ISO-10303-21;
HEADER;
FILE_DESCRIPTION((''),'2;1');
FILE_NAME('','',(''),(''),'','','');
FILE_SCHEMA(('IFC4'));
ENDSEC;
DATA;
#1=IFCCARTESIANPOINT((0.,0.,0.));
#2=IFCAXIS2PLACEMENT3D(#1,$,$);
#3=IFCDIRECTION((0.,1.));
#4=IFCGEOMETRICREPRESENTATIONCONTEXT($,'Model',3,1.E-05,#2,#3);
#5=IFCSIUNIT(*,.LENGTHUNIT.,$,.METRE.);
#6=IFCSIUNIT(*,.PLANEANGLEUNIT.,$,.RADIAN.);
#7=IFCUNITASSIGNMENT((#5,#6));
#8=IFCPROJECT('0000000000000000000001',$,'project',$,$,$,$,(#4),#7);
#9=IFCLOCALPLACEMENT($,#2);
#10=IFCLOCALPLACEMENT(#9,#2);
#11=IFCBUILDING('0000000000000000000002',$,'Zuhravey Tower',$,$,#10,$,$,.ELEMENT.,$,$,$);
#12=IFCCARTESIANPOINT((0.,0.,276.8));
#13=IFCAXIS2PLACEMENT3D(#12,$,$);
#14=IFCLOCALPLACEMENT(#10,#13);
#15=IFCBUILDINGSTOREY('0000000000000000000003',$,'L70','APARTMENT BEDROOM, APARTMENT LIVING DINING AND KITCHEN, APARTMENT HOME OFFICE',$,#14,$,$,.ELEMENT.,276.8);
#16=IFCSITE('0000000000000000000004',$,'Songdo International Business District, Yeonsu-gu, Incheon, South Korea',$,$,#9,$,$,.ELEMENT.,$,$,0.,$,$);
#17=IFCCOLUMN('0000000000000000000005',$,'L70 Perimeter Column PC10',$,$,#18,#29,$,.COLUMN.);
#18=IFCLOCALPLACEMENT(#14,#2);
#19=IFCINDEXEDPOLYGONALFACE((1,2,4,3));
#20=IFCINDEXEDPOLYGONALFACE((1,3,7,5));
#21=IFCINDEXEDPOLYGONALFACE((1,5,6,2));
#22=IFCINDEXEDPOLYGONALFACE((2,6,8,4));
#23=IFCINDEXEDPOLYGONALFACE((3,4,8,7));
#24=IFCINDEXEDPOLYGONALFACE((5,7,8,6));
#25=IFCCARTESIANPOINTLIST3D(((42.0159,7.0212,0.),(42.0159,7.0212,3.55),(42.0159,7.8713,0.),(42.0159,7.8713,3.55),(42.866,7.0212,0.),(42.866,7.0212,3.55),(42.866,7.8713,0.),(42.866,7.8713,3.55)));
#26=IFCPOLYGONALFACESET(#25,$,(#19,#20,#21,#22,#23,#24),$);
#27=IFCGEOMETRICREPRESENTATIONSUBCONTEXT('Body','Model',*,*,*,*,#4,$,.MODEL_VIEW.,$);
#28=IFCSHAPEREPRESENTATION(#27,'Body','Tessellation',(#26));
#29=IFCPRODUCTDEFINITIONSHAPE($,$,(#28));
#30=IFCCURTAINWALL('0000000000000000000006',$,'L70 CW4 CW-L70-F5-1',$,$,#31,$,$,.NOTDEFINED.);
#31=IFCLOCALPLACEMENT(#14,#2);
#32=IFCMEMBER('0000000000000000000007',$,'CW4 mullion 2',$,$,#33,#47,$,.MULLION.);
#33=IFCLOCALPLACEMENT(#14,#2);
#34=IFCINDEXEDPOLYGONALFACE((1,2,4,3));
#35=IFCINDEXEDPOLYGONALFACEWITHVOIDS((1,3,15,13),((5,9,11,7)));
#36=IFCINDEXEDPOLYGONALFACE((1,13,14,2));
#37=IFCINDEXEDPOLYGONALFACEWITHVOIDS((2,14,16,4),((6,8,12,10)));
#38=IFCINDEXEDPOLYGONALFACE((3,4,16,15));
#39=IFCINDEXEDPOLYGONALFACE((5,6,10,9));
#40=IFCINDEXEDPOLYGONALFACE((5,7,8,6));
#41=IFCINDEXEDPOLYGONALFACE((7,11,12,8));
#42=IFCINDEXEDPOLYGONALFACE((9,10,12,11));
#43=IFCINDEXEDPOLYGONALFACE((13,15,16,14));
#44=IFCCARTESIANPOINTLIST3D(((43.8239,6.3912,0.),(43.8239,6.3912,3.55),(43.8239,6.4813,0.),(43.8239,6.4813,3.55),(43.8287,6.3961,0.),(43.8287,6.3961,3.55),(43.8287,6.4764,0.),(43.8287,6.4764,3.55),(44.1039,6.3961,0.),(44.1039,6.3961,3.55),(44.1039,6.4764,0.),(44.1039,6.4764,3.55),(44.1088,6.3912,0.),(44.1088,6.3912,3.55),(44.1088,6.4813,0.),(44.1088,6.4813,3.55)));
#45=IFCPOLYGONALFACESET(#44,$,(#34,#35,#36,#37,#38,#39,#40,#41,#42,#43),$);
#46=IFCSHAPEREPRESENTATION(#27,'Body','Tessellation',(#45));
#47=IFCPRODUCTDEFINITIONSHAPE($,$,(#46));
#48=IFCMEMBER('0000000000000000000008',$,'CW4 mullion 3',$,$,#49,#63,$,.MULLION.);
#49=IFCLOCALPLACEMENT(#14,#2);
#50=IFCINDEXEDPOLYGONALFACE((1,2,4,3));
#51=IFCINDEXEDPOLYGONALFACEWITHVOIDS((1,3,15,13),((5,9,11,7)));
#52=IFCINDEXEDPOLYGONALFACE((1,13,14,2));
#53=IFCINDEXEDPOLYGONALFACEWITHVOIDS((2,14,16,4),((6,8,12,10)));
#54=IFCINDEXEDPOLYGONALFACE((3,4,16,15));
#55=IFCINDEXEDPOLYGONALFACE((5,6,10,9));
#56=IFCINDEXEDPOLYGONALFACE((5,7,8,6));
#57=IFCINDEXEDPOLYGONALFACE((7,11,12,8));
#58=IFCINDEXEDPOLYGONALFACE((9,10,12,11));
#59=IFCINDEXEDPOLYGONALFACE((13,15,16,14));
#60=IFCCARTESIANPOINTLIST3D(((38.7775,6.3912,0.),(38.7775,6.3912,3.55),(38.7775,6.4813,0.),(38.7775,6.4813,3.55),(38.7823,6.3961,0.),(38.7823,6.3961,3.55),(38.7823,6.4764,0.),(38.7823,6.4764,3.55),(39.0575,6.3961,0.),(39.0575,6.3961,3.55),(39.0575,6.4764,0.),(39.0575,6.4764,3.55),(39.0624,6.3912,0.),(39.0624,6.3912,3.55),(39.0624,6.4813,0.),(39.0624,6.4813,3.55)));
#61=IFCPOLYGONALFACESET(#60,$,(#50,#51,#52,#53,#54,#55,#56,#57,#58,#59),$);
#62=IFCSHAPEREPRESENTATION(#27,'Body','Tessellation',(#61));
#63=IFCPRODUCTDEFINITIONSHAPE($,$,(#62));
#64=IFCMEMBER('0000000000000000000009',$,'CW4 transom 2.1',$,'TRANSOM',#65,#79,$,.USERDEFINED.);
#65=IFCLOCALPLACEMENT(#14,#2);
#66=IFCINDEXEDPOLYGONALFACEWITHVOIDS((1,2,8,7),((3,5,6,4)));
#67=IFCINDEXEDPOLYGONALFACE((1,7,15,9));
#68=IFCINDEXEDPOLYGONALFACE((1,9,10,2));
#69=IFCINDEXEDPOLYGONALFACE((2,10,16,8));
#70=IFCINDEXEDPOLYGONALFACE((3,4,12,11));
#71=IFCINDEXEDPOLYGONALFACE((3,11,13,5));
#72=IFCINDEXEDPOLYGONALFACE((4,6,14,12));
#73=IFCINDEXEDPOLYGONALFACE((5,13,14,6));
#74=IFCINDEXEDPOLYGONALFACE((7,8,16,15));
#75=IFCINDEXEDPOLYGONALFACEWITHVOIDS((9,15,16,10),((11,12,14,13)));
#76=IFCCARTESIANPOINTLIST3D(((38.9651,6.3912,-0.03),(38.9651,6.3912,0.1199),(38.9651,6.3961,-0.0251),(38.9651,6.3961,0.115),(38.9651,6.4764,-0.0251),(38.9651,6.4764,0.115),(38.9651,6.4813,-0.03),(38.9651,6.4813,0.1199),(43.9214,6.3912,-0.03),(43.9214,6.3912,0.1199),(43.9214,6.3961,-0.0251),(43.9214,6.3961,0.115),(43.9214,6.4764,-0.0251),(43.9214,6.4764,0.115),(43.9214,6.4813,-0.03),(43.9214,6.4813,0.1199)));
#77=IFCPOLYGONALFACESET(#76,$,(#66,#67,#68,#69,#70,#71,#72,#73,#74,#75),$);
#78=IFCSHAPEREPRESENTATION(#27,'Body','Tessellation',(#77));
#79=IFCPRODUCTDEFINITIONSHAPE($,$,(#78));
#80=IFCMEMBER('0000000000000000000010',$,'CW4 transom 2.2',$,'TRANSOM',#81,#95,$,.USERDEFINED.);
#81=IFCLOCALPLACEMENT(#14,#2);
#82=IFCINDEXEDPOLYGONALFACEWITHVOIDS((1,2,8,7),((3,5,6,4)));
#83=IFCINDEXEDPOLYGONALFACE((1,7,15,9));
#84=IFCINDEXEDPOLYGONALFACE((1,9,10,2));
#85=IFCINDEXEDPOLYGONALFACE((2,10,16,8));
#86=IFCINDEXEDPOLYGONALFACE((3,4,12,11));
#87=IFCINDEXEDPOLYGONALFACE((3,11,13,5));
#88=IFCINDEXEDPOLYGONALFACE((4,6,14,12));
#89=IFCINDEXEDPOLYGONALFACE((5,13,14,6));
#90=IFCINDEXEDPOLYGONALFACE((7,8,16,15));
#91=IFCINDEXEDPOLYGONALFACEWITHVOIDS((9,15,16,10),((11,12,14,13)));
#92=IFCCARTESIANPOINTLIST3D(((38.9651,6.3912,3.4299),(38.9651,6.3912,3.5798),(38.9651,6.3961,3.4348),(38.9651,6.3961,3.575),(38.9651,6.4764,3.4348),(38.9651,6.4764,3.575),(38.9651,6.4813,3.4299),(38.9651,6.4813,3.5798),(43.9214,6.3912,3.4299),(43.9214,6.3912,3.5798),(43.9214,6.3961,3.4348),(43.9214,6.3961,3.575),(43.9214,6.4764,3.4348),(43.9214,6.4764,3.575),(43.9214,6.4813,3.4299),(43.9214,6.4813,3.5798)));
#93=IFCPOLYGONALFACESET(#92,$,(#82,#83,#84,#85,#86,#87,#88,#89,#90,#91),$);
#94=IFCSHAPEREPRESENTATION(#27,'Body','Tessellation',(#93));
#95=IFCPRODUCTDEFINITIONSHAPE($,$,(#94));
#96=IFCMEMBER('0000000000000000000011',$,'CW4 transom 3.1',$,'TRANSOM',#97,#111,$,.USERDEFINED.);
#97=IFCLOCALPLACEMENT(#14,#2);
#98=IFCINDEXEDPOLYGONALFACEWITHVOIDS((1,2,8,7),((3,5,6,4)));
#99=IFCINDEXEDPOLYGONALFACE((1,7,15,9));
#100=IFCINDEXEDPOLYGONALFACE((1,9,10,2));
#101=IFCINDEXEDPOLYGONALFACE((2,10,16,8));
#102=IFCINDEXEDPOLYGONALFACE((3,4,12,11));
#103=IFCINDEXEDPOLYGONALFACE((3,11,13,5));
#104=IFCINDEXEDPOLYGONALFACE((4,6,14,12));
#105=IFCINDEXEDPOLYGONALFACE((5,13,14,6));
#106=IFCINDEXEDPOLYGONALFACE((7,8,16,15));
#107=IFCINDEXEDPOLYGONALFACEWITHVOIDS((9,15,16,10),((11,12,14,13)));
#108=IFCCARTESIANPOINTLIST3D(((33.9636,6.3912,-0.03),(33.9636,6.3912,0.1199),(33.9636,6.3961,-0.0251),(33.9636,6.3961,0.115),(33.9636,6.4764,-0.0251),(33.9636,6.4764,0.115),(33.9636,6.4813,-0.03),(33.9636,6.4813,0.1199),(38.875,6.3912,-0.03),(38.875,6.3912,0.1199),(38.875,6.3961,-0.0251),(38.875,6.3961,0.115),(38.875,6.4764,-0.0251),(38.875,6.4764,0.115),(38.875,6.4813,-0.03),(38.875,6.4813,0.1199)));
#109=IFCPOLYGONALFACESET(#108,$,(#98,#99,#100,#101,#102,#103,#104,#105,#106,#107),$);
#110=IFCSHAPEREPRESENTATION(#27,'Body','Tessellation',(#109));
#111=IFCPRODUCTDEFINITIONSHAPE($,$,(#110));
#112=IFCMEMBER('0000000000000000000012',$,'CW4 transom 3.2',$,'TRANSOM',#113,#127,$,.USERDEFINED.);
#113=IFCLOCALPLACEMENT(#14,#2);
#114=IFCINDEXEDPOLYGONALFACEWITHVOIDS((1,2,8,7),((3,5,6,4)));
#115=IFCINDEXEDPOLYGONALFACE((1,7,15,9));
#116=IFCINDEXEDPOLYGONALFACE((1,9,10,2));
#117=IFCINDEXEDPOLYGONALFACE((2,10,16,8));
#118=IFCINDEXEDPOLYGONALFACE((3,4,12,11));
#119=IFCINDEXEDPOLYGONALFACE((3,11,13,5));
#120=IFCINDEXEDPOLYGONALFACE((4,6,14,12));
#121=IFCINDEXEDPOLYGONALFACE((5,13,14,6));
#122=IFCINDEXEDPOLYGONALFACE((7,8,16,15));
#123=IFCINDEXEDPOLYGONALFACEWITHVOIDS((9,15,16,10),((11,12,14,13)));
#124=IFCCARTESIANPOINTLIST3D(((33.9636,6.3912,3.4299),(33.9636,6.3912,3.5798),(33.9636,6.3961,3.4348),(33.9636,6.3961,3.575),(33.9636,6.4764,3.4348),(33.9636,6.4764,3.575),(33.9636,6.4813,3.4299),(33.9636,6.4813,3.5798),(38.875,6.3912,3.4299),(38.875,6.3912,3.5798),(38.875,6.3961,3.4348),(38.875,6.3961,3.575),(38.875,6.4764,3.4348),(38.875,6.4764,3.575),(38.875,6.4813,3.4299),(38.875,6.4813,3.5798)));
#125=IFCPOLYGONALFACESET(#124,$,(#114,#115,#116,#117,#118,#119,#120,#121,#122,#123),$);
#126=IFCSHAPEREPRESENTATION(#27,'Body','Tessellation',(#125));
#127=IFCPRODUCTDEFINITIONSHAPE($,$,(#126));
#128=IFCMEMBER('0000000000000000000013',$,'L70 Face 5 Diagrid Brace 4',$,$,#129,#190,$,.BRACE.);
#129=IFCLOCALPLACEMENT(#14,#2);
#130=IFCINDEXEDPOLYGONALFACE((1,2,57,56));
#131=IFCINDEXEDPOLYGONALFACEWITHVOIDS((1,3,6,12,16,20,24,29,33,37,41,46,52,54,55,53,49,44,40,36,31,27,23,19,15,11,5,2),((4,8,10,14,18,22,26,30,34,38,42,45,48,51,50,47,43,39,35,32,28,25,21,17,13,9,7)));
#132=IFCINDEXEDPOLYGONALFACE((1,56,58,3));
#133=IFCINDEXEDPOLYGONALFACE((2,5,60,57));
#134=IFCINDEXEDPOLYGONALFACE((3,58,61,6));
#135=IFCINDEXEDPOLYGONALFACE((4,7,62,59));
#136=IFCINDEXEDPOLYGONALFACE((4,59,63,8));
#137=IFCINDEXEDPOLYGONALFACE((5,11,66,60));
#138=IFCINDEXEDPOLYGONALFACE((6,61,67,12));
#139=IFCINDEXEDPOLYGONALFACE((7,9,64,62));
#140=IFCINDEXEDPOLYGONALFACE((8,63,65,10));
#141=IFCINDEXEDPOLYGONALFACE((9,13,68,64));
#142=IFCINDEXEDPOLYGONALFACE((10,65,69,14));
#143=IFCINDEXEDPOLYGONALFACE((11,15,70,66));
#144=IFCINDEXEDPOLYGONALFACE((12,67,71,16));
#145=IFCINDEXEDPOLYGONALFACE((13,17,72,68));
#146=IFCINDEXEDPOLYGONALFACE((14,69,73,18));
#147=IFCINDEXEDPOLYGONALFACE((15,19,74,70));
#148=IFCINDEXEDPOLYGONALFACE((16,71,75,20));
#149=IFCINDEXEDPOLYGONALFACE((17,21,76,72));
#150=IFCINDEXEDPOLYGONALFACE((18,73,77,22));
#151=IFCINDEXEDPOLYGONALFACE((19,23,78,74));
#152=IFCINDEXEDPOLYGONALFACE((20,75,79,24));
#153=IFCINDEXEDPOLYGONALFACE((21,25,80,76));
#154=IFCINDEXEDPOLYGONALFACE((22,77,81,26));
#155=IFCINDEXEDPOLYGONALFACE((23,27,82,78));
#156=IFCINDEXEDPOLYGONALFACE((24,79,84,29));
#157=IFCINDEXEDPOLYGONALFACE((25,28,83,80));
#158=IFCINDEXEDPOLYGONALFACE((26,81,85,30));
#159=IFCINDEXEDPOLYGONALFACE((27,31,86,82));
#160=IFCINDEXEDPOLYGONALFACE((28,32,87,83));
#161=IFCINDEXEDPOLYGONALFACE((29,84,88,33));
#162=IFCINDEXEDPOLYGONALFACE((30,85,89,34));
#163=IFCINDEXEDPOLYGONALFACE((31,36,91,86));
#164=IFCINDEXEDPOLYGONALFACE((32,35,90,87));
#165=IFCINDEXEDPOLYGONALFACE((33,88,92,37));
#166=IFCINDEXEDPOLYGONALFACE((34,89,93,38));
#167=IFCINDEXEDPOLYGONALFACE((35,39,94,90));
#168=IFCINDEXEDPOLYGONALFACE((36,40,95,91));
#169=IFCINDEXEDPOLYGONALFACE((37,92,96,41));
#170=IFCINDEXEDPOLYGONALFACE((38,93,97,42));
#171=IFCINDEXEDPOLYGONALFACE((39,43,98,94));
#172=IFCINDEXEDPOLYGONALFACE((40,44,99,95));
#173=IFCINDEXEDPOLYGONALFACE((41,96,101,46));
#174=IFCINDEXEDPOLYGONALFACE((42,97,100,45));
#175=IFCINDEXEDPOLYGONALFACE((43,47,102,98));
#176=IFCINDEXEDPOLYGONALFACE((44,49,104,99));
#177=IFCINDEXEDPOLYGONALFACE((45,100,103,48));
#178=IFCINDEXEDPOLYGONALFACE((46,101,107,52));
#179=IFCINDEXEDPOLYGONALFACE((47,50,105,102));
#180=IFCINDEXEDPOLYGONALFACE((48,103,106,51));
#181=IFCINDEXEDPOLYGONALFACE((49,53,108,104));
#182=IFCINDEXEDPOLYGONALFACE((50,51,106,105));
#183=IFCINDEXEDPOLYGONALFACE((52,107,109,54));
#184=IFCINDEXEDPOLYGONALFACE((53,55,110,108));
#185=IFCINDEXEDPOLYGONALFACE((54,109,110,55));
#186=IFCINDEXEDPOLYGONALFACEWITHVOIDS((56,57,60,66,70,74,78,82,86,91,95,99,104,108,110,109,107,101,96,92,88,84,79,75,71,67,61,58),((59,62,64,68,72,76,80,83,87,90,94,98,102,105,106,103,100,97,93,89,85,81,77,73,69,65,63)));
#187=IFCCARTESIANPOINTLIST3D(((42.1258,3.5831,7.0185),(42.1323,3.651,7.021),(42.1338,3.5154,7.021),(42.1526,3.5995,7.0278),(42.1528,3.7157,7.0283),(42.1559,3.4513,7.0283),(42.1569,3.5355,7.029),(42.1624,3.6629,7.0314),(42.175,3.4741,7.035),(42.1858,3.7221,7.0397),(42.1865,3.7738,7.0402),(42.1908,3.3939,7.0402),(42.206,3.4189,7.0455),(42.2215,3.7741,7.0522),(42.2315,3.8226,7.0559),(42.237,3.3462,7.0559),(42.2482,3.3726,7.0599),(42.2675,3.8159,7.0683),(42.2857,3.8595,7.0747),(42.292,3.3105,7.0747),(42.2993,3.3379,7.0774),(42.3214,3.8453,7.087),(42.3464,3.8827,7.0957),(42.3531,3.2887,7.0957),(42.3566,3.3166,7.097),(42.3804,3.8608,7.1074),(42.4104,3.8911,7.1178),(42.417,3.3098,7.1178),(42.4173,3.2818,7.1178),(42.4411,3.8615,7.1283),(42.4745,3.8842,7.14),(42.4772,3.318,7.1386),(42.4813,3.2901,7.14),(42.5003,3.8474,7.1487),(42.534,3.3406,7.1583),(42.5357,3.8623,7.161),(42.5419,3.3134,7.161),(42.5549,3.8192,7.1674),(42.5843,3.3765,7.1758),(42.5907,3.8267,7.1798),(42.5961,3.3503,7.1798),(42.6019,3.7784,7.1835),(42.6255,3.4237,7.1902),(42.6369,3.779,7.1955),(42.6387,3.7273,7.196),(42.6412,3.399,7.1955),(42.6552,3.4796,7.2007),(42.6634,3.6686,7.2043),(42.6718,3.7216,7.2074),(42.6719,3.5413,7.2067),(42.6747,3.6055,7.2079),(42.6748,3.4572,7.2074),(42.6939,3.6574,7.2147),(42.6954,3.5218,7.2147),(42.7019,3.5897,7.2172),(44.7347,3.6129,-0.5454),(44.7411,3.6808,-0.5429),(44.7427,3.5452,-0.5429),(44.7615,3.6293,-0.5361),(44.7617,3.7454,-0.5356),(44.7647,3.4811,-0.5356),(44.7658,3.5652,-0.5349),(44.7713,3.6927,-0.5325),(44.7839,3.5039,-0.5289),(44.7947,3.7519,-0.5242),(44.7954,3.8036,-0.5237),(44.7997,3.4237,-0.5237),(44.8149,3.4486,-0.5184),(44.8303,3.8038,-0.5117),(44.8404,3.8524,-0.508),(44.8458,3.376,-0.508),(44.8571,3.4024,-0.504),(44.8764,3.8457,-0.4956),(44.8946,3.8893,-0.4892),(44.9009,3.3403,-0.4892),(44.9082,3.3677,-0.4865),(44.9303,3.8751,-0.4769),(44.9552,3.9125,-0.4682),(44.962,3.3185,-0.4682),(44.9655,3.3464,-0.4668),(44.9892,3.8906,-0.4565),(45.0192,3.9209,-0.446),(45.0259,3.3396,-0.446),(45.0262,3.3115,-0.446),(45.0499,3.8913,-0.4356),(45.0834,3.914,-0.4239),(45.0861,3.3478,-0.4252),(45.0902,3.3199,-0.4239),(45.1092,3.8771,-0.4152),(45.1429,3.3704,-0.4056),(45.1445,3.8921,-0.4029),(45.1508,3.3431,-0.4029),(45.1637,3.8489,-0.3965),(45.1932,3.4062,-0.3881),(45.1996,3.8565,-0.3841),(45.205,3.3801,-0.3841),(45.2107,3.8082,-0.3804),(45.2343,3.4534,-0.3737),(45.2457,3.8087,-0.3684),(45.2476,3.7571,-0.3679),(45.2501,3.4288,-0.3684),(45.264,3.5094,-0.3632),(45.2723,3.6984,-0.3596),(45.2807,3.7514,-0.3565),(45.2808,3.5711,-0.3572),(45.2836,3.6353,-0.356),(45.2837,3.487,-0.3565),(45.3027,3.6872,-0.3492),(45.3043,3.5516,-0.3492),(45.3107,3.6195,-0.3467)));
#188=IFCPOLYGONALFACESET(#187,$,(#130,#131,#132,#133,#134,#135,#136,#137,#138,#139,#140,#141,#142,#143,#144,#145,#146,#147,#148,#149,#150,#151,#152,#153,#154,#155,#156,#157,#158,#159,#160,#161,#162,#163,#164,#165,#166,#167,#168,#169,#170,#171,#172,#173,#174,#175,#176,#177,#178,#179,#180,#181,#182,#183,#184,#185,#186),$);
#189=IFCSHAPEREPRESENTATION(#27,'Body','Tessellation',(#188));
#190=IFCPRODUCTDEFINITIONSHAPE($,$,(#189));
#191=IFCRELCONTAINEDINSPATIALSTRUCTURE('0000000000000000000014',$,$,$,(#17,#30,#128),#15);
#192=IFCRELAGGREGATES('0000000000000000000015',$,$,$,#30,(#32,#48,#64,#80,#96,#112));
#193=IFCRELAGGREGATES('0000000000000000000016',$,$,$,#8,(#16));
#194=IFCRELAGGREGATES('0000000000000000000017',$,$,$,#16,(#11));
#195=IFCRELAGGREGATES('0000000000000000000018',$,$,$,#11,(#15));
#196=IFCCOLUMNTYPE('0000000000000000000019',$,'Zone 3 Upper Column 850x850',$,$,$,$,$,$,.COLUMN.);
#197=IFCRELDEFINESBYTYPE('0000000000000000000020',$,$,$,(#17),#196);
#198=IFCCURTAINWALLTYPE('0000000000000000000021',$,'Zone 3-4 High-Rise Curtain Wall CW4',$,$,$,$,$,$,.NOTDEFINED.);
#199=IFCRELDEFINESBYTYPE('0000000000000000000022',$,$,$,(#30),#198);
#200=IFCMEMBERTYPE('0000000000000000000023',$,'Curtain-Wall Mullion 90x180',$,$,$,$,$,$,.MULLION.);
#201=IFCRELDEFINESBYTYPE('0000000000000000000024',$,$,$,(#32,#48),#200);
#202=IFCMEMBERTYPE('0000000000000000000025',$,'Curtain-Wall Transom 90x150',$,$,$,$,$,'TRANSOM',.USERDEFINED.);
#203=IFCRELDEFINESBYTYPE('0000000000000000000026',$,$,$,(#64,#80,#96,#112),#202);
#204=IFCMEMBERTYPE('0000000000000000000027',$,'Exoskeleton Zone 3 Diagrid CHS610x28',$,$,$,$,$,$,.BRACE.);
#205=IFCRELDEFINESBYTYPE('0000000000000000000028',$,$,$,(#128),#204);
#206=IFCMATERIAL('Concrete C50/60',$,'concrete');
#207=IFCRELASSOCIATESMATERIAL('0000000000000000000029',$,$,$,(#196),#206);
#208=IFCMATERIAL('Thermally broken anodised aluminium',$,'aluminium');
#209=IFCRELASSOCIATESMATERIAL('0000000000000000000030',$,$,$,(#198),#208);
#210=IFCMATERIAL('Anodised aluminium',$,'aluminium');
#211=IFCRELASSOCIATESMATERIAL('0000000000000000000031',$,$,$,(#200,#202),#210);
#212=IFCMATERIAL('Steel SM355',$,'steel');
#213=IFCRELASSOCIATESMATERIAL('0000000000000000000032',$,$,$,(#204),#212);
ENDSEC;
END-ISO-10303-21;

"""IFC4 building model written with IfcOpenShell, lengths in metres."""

from ifc_helpers import new_model, si_unit, direction, frame, origin, origin_2d, place, context, subcontext, project, spatial, rectangle, hollow_rectangle, hollow_circle, extrude, material, material_profile, profile_set, type_object, element, aggregate, save


model = new_model("IFC4")

# Units and contexts
model_context = context("Model", 3, precision=1e-05, world=origin(), true_north=direction((0.0, 1.0)))
body_context = subcontext(model_context, "Body", "Model", "MODEL_VIEW")
ifc_project = project(units=[si_unit("LENGTHUNIT", "METRE"), si_unit("PLANEANGLEUNIT", "RADIAN")], contexts=[model_context])

# Site, building, storey
site_placement = place(None, origin())
site = spatial("IfcSite", under=ifc_project, at=site_placement, Name="Songdo International Business District, Yeonsu-gu, Incheon, South Korea", CompositionType="ELEMENT", RefElevation=0.0)
building_placement = place(site_placement, origin())
building = spatial("IfcBuilding", under=site, at=building_placement, Name="Zuhravey Tower", CompositionType="ELEMENT")
storey_placement = place(building_placement, frame((0.0, 0.0, 276.8)))
storey = spatial("IfcBuildingStorey", under=building, at=storey_placement, Name="L70", Description="APARTMENT BEDROOM, APARTMENT LIVING DINING AND KITCHEN, APARTMENT HOME OFFICE", CompositionType="ELEMENT", Elevation=276.8)

# Column
ifc_material_1 = material(Name="Concrete C50/60", Category="concrete")
ifc_material_profile_1 = material_profile(ifc_material_1, rectangle(XDim=0.8501, YDim=0.8501, at=origin_2d()), Name="RC-850x850")
ifc_profile_set_1 = profile_set([ifc_material_profile_1], Name="Concrete C50/60")
column_type = type_object("IfcColumnType", Name="Zone 3 Upper Column 850x850", PredefinedType="COLUMN", material=ifc_profile_set_1)
column_placement = place(storey_placement, frame((42.4409, 7.4463, 0.0), z_axis=(0.0, 0.0, 1.0), x_axis=(1.0, 0.0, 0.0)))
element("IfcColumn", 1, at=column_placement, inside=storey, type_object=column_type, Name="L70 Perimeter Column PC10", PredefinedType="COLUMN", context=body_context, shape_type="SweptSolid", body=[
    extrude(rectangle(XDim=0.8501, YDim=0.8501, at=origin_2d()), origin(), (0.0, 0.0, 1.0), 3.55),
])

# Curtain wall, members
ifc_material_2 = material(Name="Thermally broken anodised aluminium", Category="aluminium")
curtain_wall_type = type_object("IfcCurtainWallType", Name="Zone 3-4 High-Rise Curtain Wall CW4", PredefinedType="NOTDEFINED", material=ifc_material_2)
curtain_wall_placement = place(storey_placement, origin())
curtain_wall = element("IfcCurtainWall", 2, at=curtain_wall_placement, inside=storey, type_object=curtain_wall_type, Name="L70 CW4 CW-L70-F5-1", PredefinedType="NOTDEFINED")
ifc_material_3 = material(Name="Anodised aluminium", Category="aluminium")
ifc_material_profile_2 = material_profile(ifc_material_3, hollow_rectangle(XDim=0.0901, YDim=0.2849, WallThickness=0.0049, at=origin_2d()), Name="ALU-RHS-90x285x5")
ifc_profile_set_2 = profile_set([ifc_material_profile_2], Name="Anodised aluminium")
member_type_1 = type_object("IfcMemberType", Name="Curtain-Wall Mullion 90x180", PredefinedType="MULLION", material=ifc_profile_set_2)
member_1_placement = place(storey_placement, frame((43.9663, 6.4363, 0.0), z_axis=(0.0, 0.0, 1.0), x_axis=(0.0, -1.0, 0.0)))
member_1 = element("IfcMember", 3, at=member_1_placement, type_object=member_type_1, Name="CW4 mullion 2", PredefinedType="MULLION", context=body_context, shape_type="SweptSolid", body=[
    extrude(hollow_rectangle(XDim=0.0901, YDim=0.2849, WallThickness=0.0049, at=origin_2d()), origin(), (0.0, 0.0, 1.0), 3.55),
])
member_2_placement = place(storey_placement, frame((38.9199, 6.4363, 0.0), z_axis=(0.0, 0.0, 1.0), x_axis=(0.0, -1.0, 0.0)))
member_2 = element("IfcMember", 4, at=member_2_placement, type_object=member_type_1, Name="CW4 mullion 3", PredefinedType="MULLION", context=body_context, shape_type="SweptSolid", body=[
    extrude(hollow_rectangle(XDim=0.0901, YDim=0.2849, WallThickness=0.0049, at=origin_2d()), origin(), (0.0, 0.0, 1.0), 3.55),
])
ifc_material_profile_3 = material_profile(ifc_material_3, hollow_rectangle(XDim=0.0901, YDim=0.1499, WallThickness=0.0049, at=origin_2d()), Name="ALU-RHS-90x150x5")
ifc_profile_set_3 = profile_set([ifc_material_profile_3], Name="Anodised aluminium")
member_type_2 = type_object("IfcMemberType", Name="Curtain-Wall Transom 90x150", ElementType="TRANSOM", PredefinedType="USERDEFINED", material=ifc_profile_set_3)
member_3_placement = place(storey_placement, frame((43.9214, 6.4363, 0.0449), z_axis=(-1.0, 0.0, 0.0), x_axis=(0.0, -1.0, 0.0)))
member_3 = element("IfcMember", 5, at=member_3_placement, type_object=member_type_2, Name="CW4 transom 2.1", ObjectType="TRANSOM", PredefinedType="USERDEFINED", context=body_context, shape_type="SweptSolid", body=[
    extrude(hollow_rectangle(XDim=0.0901, YDim=0.1499, WallThickness=0.0049, at=origin_2d()), origin(), (0.0, 0.0, 1.0), 4.9563),
])
member_4_placement = place(storey_placement, frame((43.9214, 6.4363, 3.5049), z_axis=(-1.0, 0.0, 0.0), x_axis=(0.0, -1.0, 0.0)))
member_4 = element("IfcMember", 6, at=member_4_placement, type_object=member_type_2, Name="CW4 transom 2.2", ObjectType="TRANSOM", PredefinedType="USERDEFINED", context=body_context, shape_type="SweptSolid", body=[
    extrude(hollow_rectangle(XDim=0.0901, YDim=0.1499, WallThickness=0.0049, at=origin_2d()), origin(), (0.0, 0.0, 1.0), 4.9563),
])
member_5_placement = place(storey_placement, frame((38.875, 6.4363, 0.0449), z_axis=(-1.0, 0.0, 0.0), x_axis=(0.0, -1.0, 0.0)))
member_5 = element("IfcMember", 7, at=member_5_placement, type_object=member_type_2, Name="CW4 transom 3.1", ObjectType="TRANSOM", PredefinedType="USERDEFINED", context=body_context, shape_type="SweptSolid", body=[
    extrude(hollow_rectangle(XDim=0.0901, YDim=0.1499, WallThickness=0.0049, at=origin_2d()), origin(), (0.0, 0.0, 1.0), 4.9114),
])
member_6_placement = place(storey_placement, frame((38.875, 6.4363, 3.5049), z_axis=(-1.0, 0.0, 0.0), x_axis=(0.0, -1.0, 0.0)))
member_6 = element("IfcMember", 8, at=member_6_placement, type_object=member_type_2, Name="CW4 transom 3.2", ObjectType="TRANSOM", PredefinedType="USERDEFINED", context=body_context, shape_type="SweptSolid", body=[
    extrude(hollow_rectangle(XDim=0.0901, YDim=0.1499, WallThickness=0.0049, at=origin_2d()), origin(), (0.0, 0.0, 1.0), 4.9114),
])

# Member
ifc_material_4 = material(Name="Steel SM355", Category="steel")
ifc_material_profile_4 = material_profile(ifc_material_4, hollow_circle(Radius=0.3047, WallThickness=0.0281, at=origin_2d()), Name="CHS-609.6x28")
ifc_profile_set_4 = profile_set([ifc_material_profile_4], Name="Steel SM355")
member_type_3 = type_object("IfcMemberType", Name="Exoskeleton Zone 3 Diagrid CHS610x28", PredefinedType="BRACE", material=ifc_profile_set_4)
member_7_placement = place(storey_placement, frame((45.0227, 3.6162, -0.446), z_axis=(-0.326058, -0.003723, 0.945342), x_axis=(0.011416, -0.999935, 0.0)))
element("IfcMember", 9, at=member_7_placement, inside=storey, type_object=member_type_3, Name="L70 Face 5 Diagrid Brace 4", PredefinedType="BRACE", context=body_context, shape_type="SweptSolid", body=[
    extrude(hollow_circle(Radius=0.3047, WallThickness=0.0281, at=origin_2d()), origin(), (0.0, 0.0, 1.0), 8.0012),
])

aggregate(curtain_wall, [member_1, member_2, member_3, member_4, member_5, member_6])

save(model, "model.ifc")
